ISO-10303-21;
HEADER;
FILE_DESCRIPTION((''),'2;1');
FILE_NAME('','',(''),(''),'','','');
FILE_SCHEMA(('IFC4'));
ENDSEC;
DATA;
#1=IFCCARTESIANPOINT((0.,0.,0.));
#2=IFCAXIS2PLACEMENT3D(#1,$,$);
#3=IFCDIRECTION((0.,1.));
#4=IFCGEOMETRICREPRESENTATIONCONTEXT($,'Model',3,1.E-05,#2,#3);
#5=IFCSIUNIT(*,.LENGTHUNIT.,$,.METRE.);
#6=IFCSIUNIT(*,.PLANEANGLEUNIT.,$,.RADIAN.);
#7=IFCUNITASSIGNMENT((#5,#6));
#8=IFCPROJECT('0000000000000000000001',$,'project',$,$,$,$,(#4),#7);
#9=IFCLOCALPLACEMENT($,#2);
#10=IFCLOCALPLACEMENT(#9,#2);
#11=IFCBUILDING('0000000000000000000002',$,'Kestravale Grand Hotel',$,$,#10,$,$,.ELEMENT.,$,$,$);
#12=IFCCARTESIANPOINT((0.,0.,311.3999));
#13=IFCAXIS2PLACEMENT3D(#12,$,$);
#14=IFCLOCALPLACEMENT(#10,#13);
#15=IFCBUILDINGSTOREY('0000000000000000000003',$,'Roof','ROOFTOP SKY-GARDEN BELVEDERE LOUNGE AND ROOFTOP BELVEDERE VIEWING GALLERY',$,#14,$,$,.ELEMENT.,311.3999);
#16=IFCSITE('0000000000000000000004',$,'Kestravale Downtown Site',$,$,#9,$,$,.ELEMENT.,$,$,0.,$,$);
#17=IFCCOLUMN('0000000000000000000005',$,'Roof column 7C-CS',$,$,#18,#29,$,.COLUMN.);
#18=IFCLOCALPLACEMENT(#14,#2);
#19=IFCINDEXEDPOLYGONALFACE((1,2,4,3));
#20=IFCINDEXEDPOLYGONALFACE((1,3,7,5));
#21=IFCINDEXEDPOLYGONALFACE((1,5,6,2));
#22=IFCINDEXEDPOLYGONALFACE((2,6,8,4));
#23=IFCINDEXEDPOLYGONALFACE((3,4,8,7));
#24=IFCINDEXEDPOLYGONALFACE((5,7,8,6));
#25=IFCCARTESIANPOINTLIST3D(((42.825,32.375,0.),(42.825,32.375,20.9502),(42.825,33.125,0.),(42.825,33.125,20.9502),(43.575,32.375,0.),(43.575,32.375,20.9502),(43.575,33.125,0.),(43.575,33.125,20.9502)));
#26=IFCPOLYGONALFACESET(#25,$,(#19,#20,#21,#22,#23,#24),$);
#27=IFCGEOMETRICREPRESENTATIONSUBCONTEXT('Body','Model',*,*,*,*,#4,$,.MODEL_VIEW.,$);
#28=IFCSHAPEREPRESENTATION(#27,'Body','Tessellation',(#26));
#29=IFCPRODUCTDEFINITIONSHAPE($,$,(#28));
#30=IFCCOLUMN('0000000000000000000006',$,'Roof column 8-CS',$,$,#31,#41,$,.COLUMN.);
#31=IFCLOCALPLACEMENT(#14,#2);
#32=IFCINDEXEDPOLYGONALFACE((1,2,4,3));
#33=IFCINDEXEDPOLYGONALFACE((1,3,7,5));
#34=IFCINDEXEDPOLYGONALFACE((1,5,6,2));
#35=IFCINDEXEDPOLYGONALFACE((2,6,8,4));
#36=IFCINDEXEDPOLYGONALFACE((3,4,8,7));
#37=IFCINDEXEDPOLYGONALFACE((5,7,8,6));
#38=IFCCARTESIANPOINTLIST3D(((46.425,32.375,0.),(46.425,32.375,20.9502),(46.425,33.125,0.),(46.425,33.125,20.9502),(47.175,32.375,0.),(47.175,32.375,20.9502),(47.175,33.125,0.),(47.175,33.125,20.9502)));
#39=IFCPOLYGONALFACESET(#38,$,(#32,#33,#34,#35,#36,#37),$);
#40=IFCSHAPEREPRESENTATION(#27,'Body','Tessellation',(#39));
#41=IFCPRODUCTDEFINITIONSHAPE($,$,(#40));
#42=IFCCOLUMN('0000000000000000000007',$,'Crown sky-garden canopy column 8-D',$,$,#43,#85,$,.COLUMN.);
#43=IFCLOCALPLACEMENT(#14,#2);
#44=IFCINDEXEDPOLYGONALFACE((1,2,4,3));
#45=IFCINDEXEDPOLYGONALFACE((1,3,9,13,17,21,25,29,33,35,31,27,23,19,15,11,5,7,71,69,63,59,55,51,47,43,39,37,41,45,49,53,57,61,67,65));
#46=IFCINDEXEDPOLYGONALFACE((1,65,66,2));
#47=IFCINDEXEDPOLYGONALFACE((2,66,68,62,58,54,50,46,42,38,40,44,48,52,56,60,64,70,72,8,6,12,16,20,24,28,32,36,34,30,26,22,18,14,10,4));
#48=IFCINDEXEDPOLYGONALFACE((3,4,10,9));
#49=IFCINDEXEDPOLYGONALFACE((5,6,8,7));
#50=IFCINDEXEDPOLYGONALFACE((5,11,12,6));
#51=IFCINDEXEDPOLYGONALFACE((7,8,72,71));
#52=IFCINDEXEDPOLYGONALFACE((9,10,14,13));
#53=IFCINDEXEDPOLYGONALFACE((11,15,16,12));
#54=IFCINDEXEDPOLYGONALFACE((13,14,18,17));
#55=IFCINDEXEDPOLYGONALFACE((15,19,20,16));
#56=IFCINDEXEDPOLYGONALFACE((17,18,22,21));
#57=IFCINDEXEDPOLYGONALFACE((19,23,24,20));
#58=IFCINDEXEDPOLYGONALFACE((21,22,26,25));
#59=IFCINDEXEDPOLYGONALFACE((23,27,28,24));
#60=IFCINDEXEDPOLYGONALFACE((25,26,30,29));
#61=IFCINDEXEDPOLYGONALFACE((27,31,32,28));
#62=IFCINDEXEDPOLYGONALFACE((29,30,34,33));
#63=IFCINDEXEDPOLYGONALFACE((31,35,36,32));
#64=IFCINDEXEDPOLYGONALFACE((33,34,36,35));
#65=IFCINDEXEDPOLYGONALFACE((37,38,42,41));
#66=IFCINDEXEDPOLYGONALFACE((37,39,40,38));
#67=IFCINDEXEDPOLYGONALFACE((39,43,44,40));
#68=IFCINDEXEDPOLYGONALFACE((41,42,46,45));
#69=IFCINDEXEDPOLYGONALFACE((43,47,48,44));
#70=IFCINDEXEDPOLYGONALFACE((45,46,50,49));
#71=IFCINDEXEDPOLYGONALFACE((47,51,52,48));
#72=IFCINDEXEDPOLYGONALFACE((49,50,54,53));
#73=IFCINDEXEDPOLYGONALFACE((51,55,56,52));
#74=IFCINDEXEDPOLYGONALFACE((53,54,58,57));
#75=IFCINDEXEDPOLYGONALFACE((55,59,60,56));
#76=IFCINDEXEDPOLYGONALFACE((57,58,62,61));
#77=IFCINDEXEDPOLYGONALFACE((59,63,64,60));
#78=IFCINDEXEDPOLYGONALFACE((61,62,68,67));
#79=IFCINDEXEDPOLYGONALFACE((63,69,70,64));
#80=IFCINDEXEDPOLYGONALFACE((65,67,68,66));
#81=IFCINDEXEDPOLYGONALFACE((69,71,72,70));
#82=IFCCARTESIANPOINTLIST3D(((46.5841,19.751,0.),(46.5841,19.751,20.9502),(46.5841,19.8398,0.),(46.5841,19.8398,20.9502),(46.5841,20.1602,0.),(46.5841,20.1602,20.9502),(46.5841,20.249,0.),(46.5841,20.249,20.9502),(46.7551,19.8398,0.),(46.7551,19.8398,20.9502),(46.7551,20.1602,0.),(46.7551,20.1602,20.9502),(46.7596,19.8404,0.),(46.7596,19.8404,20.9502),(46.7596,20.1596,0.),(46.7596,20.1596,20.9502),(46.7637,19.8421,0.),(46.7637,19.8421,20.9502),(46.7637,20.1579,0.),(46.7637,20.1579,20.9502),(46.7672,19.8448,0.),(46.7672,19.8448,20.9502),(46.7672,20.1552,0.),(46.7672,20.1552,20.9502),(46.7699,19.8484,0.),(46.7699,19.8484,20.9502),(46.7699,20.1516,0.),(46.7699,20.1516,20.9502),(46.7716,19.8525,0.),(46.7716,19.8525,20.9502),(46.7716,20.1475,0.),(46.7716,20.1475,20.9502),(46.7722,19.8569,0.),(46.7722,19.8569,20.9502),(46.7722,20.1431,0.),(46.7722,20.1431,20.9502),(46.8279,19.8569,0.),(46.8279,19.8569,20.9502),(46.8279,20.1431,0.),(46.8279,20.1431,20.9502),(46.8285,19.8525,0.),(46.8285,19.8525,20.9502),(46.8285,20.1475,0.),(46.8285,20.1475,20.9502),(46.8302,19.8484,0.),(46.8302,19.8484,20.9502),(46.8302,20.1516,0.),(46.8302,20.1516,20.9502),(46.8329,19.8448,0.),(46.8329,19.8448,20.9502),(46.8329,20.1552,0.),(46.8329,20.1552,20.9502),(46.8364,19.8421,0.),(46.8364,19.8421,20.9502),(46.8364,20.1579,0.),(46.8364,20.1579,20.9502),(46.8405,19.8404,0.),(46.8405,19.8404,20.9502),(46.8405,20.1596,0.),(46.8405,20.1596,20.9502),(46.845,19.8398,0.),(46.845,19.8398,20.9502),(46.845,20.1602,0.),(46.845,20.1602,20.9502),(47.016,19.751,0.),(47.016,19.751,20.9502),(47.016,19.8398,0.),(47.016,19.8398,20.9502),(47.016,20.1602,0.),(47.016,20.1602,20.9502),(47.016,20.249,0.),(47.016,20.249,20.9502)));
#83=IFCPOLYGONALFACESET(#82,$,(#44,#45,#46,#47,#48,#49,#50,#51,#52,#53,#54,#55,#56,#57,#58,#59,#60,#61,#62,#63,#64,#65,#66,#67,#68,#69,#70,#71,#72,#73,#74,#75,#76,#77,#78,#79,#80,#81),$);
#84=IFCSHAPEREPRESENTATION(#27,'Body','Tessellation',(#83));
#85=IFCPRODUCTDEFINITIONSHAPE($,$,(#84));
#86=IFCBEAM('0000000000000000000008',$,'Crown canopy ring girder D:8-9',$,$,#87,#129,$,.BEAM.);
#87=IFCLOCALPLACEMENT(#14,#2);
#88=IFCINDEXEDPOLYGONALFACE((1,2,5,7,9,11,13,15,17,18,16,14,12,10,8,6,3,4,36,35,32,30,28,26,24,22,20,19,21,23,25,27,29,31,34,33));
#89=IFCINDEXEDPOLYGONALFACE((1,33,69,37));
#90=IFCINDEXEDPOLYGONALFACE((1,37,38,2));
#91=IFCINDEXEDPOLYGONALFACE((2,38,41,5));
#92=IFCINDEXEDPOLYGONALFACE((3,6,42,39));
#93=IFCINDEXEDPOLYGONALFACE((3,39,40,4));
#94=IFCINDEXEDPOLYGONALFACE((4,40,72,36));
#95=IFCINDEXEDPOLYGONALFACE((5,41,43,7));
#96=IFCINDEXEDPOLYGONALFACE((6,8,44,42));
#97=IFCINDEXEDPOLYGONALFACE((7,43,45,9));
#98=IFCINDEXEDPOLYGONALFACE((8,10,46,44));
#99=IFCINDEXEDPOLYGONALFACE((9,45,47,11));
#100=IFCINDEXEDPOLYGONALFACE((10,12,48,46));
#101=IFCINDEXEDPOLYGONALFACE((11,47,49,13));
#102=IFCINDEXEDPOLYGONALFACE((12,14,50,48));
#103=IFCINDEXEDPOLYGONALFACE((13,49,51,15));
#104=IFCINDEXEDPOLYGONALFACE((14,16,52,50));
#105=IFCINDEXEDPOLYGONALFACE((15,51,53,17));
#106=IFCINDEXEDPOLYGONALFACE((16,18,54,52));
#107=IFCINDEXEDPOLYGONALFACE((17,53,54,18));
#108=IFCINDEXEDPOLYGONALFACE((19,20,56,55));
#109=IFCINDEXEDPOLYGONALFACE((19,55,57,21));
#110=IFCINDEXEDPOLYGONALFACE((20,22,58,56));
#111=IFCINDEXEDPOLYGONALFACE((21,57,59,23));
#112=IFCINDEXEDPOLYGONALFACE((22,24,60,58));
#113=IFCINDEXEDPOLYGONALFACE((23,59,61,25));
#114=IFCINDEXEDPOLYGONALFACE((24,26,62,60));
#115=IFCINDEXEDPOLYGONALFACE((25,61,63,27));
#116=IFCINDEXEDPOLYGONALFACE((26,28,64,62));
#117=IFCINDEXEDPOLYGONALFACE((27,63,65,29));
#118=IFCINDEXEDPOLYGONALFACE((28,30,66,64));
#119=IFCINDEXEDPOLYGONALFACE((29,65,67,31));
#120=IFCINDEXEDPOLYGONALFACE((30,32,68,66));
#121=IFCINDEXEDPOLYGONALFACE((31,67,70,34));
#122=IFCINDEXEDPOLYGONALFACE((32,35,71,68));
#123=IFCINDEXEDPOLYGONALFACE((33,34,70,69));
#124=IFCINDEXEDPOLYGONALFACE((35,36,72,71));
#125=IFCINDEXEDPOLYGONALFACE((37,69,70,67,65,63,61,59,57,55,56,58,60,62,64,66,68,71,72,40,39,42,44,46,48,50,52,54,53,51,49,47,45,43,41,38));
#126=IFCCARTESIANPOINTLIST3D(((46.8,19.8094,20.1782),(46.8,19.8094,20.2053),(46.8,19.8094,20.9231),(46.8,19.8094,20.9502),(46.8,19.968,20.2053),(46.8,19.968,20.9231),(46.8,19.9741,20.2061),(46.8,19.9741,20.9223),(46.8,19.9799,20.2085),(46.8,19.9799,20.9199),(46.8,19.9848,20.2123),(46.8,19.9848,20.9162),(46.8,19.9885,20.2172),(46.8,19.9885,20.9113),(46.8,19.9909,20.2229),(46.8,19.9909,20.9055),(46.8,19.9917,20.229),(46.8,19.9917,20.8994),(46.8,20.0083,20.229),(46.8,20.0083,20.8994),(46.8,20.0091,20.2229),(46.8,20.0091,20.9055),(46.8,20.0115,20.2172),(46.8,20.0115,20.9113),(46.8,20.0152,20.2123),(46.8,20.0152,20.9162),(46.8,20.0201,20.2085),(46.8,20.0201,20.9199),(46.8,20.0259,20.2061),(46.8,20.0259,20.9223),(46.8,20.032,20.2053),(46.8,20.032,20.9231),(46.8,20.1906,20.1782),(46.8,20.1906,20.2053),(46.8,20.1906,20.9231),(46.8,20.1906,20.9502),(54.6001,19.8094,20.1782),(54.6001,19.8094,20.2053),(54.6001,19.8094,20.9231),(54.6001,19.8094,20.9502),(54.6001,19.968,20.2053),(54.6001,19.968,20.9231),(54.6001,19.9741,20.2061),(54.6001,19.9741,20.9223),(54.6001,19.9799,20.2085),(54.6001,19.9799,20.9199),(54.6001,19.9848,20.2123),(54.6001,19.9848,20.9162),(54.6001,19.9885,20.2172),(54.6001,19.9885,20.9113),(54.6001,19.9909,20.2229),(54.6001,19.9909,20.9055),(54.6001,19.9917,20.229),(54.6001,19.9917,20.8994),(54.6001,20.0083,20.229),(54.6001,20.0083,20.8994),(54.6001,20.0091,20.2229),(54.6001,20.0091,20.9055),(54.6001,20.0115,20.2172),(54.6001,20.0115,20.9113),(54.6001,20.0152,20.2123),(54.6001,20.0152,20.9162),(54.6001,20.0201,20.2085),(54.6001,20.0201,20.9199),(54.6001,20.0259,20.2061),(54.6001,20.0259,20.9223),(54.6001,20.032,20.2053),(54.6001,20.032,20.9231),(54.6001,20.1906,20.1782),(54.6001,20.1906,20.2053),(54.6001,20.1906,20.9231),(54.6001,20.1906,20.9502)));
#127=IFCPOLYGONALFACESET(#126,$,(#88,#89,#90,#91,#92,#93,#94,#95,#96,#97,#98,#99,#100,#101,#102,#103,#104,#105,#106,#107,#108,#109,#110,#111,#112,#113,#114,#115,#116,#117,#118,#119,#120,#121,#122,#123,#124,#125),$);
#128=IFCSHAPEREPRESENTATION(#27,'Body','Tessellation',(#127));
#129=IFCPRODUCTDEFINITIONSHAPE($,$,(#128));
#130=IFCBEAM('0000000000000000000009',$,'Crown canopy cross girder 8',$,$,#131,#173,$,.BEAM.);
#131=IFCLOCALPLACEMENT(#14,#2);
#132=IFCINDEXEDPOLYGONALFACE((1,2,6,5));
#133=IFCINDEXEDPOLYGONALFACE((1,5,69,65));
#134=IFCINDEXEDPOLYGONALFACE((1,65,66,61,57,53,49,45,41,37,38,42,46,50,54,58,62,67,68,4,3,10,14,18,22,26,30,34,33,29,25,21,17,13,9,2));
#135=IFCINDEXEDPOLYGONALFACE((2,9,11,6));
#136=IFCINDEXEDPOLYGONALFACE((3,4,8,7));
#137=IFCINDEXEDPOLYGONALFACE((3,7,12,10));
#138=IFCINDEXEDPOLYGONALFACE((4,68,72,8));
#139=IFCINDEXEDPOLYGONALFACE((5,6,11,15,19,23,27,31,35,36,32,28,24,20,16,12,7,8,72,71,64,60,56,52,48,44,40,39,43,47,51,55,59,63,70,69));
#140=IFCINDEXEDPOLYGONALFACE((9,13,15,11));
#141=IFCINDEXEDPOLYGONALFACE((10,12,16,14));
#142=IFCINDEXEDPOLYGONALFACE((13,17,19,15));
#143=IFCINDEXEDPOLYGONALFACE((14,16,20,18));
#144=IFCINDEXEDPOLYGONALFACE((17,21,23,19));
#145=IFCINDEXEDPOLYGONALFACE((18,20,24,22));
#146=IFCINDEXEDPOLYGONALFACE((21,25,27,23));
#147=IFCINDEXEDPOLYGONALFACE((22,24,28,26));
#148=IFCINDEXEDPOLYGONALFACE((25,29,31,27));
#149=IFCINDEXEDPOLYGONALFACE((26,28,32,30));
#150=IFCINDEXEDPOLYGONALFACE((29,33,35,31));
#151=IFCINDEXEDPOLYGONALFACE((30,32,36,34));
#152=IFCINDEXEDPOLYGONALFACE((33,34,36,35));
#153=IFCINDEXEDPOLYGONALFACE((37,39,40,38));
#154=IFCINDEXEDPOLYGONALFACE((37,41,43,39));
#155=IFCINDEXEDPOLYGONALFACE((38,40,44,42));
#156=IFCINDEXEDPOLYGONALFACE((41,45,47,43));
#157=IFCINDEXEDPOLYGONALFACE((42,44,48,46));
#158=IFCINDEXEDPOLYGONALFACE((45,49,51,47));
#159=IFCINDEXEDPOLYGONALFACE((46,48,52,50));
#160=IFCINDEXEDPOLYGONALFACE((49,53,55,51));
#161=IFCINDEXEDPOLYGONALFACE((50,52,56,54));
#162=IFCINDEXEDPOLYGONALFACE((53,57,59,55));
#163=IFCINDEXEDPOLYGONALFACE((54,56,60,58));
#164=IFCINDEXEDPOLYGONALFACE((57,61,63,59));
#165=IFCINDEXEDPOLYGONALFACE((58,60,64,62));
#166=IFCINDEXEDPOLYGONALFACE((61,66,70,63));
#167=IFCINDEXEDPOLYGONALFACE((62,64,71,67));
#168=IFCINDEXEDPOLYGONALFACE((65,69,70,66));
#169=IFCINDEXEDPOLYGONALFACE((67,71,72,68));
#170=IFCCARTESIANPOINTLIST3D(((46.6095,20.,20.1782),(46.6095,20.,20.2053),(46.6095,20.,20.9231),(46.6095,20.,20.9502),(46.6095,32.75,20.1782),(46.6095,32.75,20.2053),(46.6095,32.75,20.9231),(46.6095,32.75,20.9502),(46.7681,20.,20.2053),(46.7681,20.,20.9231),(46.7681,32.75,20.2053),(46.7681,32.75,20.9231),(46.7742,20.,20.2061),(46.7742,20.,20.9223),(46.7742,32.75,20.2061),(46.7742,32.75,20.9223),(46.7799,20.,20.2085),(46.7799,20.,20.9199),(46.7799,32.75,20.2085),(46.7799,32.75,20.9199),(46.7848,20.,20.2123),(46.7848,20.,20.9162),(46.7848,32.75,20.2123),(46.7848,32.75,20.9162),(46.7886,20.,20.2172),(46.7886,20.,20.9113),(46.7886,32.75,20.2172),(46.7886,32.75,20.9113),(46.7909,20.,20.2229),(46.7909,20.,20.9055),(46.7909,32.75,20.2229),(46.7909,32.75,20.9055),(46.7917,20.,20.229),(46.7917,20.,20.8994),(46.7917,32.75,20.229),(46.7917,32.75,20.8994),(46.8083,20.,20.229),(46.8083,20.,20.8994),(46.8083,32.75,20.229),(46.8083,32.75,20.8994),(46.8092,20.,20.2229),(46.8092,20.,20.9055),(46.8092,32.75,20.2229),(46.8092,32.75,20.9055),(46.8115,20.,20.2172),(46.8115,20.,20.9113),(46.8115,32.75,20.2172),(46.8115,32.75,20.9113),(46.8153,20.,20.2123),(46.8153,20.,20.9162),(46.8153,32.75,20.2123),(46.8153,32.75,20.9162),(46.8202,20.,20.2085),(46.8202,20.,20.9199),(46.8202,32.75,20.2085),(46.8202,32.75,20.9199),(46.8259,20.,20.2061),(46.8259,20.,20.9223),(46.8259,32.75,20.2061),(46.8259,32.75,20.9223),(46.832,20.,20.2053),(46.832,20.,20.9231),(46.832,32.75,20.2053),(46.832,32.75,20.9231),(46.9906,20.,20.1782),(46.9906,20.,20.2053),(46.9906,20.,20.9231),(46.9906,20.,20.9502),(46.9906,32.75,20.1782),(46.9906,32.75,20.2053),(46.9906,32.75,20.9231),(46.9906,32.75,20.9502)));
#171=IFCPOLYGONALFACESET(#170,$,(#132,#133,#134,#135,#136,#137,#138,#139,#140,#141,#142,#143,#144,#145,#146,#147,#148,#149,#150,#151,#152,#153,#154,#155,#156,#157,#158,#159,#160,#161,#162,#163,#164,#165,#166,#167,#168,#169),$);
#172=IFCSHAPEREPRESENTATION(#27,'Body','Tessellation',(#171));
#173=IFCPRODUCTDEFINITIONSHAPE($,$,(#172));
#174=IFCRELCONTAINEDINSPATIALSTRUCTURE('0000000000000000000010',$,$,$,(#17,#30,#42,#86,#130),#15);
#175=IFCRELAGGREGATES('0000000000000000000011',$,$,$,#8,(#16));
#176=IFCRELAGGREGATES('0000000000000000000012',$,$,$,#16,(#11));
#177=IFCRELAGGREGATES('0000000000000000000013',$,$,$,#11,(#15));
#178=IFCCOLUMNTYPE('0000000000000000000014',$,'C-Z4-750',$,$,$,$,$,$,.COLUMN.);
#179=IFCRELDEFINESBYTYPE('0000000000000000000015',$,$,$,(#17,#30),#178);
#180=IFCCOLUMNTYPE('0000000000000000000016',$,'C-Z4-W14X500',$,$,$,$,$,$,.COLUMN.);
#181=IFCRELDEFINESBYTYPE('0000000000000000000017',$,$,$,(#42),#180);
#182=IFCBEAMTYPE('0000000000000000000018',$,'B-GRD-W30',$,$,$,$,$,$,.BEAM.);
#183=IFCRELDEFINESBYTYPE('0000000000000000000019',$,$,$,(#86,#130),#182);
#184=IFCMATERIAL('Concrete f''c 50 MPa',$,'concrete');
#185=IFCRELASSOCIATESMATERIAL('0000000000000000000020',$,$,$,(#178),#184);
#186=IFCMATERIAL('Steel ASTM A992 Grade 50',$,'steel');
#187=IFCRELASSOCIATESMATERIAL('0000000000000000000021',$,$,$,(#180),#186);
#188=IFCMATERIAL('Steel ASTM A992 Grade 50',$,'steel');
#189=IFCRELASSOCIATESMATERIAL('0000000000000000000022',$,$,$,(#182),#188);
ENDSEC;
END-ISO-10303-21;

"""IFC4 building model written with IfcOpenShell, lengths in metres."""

from ifc_helpers import new_model, si_unit, direction, frame, origin, origin_2d, place, context, subcontext, project, spatial, rectangle, i_section, extrude, material, material_profile, profile_set, type_object, element, save


model = new_model("IFC4")

# Units and contexts
model_context = context("Model", 3, precision=1e-05, world=origin(), true_north=direction((0.0, 1.0)))
body_context = subcontext(model_context, "Body", "Model", "MODEL_VIEW")
ifc_project = project(units=[si_unit("LENGTHUNIT", "METRE"), si_unit("PLANEANGLEUNIT", "RADIAN")], contexts=[model_context])

# Site, building, storey
site_placement = place(None, origin())
site = spatial("IfcSite", under=ifc_project, at=site_placement, Name="Kestravale Downtown Site", CompositionType="ELEMENT", RefElevation=0.0)
building_placement = place(site_placement, origin())
building = spatial("IfcBuilding", under=site, at=building_placement, Name="Kestravale Grand Hotel", CompositionType="ELEMENT")
storey_placement = place(building_placement, frame((0.0, 0.0, 311.3999)))
storey = spatial("IfcBuildingStorey", under=building, at=storey_placement, Name="Roof", Description="ROOFTOP SKY-GARDEN BELVEDERE LOUNGE AND ROOFTOP BELVEDERE VIEWING GALLERY", CompositionType="ELEMENT", Elevation=311.3999)

# Columns
ifc_material_1 = material(Name="Concrete f'c 50 MPa", Category="concrete")
ifc_material_profile_1 = material_profile(ifc_material_1, rectangle(XDim=0.75, YDim=0.75, at=origin_2d()))
ifc_profile_set_1 = profile_set([ifc_material_profile_1], Name="Concrete f'c 50 MPa")
column_type_1 = type_object("IfcColumnType", Name="C-Z4-750", PredefinedType="COLUMN", material=ifc_profile_set_1)
for number, where, z_axis, x_axis, name in (
    (1, (43.2, 32.75, 0.0), (0.0, 0.0, 1.0), (1.0, 0.0, 0.0), "Roof column 7C-CS"),
    (2, (46.8, 32.75, 0.0), (0.0, 0.0, 1.0), (1.0, 0.0, 0.0), "Roof column 8-CS"),
):
    element("IfcColumn", number, at=place(storey_placement, frame(where, z_axis=z_axis, x_axis=x_axis)), inside=storey, type_object=column_type_1, Name=name, PredefinedType="COLUMN", context=body_context, shape_type="SweptSolid", body=[
        extrude(rectangle(XDim=0.75, YDim=0.75, at=origin_2d()), origin(), (0.0, 0.0, 1.0), 20.9502),
    ])
ifc_material_2 = material(Name="Steel ASTM A992 Grade 50", Category="steel")
ifc_material_profile_2 = material_profile(ifc_material_2, i_section(OverallWidth=0.4319, OverallDepth=0.498, WebThickness=0.0557, FlangeThickness=0.0889, FilletRadius=0.0171, at=origin_2d()))
ifc_profile_set_2 = profile_set([ifc_material_profile_2], Name="Steel ASTM A992 Grade 50")
column_type_2 = type_object("IfcColumnType", Name="C-Z4-W14X500", PredefinedType="COLUMN", material=ifc_profile_set_2)
column_placement = place(storey_placement, frame((46.8, 20.0, 0.0), z_axis=(0.0, 0.0, 1.0), x_axis=(1.0, 0.0, 0.0)))
element("IfcColumn", 3, at=column_placement, inside=storey, type_object=column_type_2, Name="Crown sky-garden canopy column 8-D", PredefinedType="COLUMN", context=body_context, shape_type="SweptSolid", body=[
    extrude(i_section(OverallWidth=0.4319, OverallDepth=0.498, WebThickness=0.0557, FlangeThickness=0.0889, FilletRadius=0.0171, at=origin_2d()), origin(), (0.0, 0.0, 1.0), 20.9502),
])

# Beams
ifc_material_3 = material(Name="Steel ASTM A992 Grade 50", Category="steel")
ifc_material_profile_3 = material_profile(ifc_material_3, i_section(OverallWidth=0.3811, OverallDepth=0.772, WebThickness=0.0166, FlangeThickness=0.0271, FilletRadius=0.0237, at=origin_2d()))
ifc_profile_set_3 = profile_set([ifc_material_profile_3], Name="Steel ASTM A992 Grade 50")
beam_type = type_object("IfcBeamType", Name="B-GRD-W30", PredefinedType="BEAM", material=ifc_profile_set_3)
beam_1_placement = place(storey_placement, frame((46.8, 20.0, 20.5642), z_axis=(1.0, 0.0, 0.0), x_axis=(0.0, 1.0, 0.0)))
element("IfcBeam", 4, at=beam_1_placement, inside=storey, type_object=beam_type, Name="Crown canopy ring girder D:8-9", PredefinedType="BEAM", context=body_context, shape_type="SweptSolid", body=[
    extrude(i_section(OverallWidth=0.3811, OverallDepth=0.772, WebThickness=0.0166, FlangeThickness=0.0271, FilletRadius=0.0237, at=origin_2d()), origin(), (0.0, 0.0, 1.0), 7.8),
])
beam_2_placement = place(storey_placement, frame((46.8, 20.0, 20.5642), z_axis=(0.0, 1.0, 0.0), x_axis=(-1.0, 0.0, 0.0)))
element("IfcBeam", 5, at=beam_2_placement, inside=storey, type_object=beam_type, Name="Crown canopy cross girder 8", PredefinedType="BEAM", context=body_context, shape_type="SweptSolid", body=[
    extrude(i_section(OverallWidth=0.3811, OverallDepth=0.772, WebThickness=0.0166, FlangeThickness=0.0271, FilletRadius=0.0237, at=origin_2d()), origin(), (0.0, 0.0, 1.0), 12.75),
])

save(model, "model.ifc")
